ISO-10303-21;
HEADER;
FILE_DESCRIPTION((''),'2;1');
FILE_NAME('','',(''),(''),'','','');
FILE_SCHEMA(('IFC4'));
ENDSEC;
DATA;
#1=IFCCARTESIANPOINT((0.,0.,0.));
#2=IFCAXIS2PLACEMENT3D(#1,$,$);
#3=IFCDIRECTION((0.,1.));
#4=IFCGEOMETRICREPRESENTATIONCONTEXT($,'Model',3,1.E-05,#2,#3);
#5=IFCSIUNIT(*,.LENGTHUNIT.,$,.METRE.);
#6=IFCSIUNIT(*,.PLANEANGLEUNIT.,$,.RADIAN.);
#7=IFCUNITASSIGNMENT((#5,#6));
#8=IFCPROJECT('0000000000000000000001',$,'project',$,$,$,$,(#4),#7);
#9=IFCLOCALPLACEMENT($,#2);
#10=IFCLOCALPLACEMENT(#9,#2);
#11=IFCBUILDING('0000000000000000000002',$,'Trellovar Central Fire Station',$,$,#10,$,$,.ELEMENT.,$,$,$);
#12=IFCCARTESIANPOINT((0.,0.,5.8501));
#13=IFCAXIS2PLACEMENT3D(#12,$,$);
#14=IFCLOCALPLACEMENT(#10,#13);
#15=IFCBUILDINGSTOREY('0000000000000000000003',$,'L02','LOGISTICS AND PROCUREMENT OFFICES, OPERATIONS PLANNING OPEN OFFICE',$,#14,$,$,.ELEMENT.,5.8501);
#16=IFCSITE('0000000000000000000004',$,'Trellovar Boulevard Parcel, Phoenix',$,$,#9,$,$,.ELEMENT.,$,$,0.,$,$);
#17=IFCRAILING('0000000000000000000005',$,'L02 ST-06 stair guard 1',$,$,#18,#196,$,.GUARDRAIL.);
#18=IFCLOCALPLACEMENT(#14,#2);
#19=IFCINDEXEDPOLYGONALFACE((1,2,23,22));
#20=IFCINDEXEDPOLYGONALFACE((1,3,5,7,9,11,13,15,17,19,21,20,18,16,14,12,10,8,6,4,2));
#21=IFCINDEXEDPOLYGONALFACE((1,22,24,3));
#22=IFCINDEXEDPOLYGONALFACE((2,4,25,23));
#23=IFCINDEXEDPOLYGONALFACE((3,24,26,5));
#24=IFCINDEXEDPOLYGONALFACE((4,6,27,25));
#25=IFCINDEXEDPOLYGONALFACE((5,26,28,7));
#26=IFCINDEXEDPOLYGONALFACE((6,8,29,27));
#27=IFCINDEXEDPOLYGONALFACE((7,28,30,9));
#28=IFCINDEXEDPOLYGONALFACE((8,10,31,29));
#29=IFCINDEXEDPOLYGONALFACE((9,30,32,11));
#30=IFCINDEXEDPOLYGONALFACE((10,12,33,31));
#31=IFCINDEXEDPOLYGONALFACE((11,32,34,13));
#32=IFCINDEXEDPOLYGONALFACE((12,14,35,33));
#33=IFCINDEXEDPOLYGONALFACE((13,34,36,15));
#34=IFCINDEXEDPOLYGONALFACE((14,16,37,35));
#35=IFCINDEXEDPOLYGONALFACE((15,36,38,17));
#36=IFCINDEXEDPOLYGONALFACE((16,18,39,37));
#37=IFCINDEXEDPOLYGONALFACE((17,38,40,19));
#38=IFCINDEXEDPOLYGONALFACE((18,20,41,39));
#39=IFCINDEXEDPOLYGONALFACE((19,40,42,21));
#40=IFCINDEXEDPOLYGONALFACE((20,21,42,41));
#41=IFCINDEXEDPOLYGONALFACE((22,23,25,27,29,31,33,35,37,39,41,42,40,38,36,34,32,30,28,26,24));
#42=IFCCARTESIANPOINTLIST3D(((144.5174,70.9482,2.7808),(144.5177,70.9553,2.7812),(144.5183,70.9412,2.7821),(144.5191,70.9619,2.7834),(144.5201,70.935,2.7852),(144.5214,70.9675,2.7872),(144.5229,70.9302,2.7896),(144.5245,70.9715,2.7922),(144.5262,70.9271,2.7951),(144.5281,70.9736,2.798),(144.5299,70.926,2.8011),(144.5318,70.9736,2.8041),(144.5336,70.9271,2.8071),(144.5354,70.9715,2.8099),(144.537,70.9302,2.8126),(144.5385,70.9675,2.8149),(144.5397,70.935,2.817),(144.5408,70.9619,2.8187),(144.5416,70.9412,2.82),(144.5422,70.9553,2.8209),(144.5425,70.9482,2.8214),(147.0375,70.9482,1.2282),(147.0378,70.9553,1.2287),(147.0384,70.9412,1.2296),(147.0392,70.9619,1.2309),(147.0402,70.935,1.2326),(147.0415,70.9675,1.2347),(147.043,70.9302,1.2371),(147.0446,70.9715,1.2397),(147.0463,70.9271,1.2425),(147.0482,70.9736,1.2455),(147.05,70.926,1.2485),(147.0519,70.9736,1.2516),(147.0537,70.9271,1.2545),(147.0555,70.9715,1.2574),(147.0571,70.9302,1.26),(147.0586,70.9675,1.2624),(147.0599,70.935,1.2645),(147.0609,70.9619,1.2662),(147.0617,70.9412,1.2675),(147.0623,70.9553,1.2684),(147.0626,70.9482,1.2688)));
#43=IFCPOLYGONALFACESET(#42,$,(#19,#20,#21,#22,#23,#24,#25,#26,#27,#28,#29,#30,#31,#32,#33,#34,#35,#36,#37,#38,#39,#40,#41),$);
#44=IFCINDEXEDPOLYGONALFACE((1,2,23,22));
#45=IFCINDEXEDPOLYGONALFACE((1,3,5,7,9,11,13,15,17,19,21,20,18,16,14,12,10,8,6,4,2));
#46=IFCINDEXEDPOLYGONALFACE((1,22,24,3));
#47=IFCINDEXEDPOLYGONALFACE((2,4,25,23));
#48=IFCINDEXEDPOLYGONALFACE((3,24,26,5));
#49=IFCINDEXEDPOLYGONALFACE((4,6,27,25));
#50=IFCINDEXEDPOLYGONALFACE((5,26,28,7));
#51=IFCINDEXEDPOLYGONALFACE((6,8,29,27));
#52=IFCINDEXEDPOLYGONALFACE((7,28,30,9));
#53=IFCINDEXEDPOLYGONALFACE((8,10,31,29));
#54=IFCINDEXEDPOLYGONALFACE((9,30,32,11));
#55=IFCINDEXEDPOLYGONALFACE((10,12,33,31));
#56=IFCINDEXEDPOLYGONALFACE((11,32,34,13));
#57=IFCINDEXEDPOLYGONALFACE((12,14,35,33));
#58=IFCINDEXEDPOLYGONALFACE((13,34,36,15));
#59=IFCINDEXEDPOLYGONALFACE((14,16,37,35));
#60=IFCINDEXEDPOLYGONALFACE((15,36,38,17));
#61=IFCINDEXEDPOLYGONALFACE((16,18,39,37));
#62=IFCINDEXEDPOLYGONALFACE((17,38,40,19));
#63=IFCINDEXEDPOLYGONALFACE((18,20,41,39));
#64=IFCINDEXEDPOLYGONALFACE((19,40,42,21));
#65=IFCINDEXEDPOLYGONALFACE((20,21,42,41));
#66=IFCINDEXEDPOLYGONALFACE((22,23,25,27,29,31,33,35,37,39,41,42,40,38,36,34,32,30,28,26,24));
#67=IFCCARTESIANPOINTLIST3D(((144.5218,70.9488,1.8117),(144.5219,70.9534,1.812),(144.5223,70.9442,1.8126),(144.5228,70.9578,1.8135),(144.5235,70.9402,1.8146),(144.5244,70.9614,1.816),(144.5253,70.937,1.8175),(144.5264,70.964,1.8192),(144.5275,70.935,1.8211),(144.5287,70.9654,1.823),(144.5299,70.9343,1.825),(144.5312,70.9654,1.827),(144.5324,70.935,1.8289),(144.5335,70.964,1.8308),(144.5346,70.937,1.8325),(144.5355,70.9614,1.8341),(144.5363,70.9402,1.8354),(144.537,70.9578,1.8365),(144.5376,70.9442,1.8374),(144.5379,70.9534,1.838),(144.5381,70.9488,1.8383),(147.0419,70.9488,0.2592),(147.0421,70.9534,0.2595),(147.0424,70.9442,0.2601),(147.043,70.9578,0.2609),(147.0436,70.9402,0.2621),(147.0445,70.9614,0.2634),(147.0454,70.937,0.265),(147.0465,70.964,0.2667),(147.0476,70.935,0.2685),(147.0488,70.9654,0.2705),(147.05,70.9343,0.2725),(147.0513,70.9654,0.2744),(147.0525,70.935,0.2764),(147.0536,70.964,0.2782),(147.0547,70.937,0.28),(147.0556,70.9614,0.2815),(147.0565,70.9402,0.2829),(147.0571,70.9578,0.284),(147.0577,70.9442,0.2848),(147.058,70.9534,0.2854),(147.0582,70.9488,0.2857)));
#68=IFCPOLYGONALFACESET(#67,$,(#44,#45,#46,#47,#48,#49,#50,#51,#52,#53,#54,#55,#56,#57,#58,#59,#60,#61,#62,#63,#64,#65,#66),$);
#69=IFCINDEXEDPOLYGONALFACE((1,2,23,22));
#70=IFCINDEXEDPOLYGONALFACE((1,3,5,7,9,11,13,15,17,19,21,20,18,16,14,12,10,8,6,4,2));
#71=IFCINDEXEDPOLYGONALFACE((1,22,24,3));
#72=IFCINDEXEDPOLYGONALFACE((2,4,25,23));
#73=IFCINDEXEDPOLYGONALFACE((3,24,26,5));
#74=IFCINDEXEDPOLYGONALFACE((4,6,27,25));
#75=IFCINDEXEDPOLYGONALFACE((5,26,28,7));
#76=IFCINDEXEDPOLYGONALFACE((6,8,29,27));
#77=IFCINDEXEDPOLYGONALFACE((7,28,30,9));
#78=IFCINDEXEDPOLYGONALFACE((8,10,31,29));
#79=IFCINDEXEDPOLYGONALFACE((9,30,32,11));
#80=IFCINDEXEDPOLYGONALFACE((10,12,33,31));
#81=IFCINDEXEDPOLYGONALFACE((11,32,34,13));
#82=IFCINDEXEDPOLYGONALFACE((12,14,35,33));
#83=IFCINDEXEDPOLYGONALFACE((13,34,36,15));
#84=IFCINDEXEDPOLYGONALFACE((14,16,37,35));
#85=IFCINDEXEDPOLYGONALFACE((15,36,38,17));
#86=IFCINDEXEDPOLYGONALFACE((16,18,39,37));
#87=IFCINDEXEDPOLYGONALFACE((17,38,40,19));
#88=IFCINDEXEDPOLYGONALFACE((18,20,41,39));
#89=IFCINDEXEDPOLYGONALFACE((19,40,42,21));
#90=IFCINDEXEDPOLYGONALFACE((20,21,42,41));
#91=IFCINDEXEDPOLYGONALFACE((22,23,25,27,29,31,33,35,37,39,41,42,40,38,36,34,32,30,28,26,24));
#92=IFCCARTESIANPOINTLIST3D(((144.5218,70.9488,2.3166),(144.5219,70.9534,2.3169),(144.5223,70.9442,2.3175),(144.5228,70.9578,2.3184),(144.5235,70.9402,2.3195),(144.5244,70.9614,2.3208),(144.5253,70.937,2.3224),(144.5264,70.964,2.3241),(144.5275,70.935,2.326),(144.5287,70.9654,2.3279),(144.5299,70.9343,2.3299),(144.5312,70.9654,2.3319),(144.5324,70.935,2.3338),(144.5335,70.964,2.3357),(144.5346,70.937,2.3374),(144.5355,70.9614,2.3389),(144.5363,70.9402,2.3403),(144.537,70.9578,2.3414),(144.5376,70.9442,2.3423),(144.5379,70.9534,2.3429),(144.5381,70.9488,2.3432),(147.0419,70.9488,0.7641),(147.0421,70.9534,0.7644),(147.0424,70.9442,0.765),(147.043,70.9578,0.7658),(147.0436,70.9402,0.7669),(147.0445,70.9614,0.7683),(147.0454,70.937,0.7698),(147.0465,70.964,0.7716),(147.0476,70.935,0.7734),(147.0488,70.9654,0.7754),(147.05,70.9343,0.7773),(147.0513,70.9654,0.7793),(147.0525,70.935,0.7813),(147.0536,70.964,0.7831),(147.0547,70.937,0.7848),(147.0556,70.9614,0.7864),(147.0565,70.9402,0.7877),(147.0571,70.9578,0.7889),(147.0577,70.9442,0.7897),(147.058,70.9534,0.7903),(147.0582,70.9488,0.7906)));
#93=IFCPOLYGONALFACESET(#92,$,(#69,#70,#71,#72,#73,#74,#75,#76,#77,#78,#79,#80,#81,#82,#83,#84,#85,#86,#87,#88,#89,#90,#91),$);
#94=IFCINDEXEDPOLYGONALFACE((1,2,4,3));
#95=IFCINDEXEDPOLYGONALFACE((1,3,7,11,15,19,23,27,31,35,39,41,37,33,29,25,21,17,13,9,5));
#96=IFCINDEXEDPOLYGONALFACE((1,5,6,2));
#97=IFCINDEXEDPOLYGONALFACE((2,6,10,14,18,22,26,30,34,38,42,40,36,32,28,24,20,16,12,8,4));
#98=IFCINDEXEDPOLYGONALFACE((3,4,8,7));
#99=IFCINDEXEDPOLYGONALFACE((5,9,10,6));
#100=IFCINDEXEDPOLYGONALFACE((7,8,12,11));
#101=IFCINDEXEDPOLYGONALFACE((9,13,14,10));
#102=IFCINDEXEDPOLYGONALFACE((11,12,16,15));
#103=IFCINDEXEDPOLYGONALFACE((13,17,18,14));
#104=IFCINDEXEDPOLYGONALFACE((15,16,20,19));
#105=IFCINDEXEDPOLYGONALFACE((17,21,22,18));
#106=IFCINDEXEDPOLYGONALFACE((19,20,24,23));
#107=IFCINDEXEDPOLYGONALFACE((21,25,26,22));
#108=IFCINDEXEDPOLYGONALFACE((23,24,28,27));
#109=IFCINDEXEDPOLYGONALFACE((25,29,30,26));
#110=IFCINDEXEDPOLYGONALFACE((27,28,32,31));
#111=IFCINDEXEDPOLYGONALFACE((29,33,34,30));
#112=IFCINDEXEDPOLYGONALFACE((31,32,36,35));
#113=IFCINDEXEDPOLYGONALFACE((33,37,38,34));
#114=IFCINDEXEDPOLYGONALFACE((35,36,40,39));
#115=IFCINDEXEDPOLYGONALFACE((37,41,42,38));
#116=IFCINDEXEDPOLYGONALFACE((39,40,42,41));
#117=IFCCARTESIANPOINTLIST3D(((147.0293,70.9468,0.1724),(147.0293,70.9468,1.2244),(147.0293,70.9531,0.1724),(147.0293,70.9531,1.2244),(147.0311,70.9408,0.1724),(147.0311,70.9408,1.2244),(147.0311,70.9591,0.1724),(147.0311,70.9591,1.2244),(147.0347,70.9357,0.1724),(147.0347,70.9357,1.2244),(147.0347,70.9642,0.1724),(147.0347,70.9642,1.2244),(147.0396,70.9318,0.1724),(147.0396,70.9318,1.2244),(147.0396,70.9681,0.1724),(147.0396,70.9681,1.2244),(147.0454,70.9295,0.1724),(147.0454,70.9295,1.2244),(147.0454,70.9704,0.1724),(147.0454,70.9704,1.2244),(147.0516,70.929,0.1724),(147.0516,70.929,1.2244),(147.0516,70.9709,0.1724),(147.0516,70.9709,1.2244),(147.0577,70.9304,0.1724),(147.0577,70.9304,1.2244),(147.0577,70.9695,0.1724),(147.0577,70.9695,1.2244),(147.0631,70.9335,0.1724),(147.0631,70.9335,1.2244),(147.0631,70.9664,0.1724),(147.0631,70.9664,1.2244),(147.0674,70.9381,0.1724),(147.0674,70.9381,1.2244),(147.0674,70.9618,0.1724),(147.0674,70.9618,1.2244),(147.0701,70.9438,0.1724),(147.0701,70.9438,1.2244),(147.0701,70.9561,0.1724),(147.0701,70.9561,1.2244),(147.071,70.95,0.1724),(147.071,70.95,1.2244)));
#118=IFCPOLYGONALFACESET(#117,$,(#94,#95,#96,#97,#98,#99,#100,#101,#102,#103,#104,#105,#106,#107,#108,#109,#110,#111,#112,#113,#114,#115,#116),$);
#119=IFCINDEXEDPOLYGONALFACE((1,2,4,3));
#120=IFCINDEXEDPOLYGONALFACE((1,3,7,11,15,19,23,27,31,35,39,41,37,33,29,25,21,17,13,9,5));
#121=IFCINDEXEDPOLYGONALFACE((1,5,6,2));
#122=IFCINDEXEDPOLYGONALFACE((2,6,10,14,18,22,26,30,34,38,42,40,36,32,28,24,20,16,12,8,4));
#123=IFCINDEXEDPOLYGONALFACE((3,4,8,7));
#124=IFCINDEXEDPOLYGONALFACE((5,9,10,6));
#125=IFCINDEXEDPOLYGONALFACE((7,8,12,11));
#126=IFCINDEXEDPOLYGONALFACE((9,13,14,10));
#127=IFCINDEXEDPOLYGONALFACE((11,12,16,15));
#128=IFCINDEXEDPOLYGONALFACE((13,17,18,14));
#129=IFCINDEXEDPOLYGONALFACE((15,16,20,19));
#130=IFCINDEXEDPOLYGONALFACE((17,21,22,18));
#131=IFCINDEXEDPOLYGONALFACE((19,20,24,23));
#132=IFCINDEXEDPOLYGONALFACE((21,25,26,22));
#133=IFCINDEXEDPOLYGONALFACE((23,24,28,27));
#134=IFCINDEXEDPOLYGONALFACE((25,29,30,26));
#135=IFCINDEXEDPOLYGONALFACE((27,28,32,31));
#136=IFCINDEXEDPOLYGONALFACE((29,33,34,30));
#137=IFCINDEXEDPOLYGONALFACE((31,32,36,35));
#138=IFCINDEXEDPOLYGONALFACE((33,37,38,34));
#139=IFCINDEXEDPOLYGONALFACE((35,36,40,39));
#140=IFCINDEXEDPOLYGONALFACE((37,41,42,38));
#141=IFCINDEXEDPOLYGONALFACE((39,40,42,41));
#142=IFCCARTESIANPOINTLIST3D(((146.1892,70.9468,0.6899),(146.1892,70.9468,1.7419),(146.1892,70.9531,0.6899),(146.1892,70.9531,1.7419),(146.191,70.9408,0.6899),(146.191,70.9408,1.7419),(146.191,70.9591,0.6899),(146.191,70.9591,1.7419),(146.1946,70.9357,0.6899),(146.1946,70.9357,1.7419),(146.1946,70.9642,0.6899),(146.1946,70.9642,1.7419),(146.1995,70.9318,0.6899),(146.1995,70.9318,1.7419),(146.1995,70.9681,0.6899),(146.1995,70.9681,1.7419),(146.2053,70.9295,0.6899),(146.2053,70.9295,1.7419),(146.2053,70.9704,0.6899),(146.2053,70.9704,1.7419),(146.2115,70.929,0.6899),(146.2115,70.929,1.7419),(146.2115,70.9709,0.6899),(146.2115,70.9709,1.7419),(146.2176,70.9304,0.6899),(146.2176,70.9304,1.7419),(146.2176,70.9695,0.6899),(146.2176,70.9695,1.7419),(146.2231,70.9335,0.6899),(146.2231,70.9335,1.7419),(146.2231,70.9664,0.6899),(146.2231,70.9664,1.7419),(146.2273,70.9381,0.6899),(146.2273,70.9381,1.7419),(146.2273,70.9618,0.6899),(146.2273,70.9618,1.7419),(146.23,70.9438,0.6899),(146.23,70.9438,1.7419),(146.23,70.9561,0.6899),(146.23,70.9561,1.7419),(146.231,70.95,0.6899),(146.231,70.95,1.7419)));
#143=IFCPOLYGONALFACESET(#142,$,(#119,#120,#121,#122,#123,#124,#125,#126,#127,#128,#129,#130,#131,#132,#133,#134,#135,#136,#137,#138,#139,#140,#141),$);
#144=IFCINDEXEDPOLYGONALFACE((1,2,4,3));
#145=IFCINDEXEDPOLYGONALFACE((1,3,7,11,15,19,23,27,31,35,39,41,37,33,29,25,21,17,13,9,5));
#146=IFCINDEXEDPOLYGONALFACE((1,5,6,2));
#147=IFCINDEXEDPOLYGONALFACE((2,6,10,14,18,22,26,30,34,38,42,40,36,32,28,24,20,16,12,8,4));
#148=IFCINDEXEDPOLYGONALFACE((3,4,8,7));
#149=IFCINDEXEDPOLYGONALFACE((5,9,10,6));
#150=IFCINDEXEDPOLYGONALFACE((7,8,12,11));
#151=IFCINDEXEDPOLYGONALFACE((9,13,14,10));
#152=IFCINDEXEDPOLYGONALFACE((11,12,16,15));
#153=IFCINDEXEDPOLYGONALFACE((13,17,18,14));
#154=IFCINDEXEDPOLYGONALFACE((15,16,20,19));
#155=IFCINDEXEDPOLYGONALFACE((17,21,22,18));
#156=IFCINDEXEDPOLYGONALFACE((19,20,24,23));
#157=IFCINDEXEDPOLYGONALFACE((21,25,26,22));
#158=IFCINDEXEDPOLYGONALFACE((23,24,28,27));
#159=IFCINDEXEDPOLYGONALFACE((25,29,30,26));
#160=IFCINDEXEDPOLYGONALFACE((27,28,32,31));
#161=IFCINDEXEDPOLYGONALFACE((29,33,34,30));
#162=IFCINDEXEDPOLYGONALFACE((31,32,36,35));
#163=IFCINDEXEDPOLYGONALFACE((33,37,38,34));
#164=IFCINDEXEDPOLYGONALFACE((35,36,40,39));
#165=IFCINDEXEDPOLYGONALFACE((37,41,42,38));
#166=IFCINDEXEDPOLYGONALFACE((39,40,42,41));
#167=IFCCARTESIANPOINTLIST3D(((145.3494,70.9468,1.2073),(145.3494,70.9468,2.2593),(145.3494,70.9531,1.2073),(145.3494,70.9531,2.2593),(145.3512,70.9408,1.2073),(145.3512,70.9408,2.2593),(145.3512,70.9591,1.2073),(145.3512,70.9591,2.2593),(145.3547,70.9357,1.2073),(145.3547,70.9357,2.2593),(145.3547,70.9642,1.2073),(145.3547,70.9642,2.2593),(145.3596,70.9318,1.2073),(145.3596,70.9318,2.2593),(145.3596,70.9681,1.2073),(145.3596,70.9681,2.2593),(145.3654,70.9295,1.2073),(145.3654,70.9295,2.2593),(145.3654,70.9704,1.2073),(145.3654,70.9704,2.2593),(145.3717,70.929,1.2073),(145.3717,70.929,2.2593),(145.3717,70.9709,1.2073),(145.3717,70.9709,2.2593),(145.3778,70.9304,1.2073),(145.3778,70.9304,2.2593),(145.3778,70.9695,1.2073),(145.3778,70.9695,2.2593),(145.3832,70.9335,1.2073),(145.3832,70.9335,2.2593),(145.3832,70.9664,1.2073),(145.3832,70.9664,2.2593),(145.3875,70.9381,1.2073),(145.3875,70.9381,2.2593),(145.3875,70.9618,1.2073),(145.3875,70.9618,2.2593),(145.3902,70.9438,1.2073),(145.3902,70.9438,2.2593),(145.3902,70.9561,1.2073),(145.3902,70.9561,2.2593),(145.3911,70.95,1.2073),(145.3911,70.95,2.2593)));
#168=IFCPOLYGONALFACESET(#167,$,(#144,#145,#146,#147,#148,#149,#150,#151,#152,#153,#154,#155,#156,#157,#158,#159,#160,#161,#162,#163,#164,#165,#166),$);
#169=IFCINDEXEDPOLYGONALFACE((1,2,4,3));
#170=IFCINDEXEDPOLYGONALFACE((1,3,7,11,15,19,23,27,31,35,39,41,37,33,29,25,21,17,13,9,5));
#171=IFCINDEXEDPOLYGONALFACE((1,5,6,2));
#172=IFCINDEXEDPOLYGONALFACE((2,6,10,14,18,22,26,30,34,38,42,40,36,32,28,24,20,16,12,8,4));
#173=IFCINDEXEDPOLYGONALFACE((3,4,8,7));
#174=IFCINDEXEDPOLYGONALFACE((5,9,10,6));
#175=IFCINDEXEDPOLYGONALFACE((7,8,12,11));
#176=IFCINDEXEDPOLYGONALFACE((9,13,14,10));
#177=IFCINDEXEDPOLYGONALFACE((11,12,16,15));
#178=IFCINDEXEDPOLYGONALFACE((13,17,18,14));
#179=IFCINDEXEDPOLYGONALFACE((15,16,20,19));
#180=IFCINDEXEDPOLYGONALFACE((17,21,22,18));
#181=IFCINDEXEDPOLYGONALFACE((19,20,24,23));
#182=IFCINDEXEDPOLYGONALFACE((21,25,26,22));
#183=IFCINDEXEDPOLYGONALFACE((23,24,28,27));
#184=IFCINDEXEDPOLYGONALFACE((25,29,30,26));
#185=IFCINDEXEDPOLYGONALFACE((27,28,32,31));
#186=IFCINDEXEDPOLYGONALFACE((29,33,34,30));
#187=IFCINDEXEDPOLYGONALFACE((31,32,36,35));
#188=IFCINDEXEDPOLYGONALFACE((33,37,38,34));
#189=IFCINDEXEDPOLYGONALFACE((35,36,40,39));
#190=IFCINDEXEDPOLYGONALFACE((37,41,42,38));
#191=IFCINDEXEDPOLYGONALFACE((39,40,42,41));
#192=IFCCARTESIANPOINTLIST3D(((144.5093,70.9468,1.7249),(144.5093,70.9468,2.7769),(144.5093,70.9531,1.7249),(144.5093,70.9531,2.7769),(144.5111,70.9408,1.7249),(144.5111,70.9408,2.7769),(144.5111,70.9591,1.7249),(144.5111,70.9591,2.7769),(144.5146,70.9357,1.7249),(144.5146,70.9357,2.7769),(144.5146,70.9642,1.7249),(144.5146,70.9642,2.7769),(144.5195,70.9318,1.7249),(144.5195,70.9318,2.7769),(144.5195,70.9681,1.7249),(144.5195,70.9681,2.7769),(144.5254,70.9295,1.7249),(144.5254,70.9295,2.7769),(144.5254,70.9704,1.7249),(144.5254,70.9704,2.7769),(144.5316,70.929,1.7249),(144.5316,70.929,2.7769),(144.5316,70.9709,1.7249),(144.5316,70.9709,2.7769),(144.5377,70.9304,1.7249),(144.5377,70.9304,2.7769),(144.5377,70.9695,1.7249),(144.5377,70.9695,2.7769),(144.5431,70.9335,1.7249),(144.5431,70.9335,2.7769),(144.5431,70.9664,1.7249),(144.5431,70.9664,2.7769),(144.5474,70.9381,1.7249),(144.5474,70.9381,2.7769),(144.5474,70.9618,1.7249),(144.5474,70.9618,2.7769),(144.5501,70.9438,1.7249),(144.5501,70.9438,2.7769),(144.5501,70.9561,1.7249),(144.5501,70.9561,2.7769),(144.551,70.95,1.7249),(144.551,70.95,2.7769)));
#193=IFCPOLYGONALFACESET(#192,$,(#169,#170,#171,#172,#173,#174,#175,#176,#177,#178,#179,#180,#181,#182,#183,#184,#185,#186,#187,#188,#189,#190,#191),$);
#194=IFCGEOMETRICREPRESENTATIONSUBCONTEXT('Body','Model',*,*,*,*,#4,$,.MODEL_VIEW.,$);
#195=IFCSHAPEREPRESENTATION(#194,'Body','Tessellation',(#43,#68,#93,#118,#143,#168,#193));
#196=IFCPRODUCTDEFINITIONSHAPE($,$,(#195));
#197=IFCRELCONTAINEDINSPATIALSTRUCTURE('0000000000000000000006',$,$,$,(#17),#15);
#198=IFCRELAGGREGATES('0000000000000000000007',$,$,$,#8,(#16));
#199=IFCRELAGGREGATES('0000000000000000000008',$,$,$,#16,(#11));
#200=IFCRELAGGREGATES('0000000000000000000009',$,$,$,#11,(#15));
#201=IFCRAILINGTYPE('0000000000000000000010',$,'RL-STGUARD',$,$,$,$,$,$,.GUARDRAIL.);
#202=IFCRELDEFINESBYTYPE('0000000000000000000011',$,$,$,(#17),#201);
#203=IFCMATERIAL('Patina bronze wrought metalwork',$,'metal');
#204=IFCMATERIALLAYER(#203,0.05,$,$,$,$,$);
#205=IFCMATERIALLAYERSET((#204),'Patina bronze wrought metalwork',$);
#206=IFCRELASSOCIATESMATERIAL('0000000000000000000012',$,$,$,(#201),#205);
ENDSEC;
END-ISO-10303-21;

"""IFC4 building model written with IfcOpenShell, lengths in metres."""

from ifc_helpers import new_model, si_unit, direction, frame, origin, origin_2d, place, context, subcontext, project, spatial, circle, extrude, material, layer, layer_set, type_object, element, save


model = new_model("IFC4")

# Units and contexts
model_context = context("Model", 3, precision=1e-05, world=origin(), true_north=direction((0.0, 1.0)))
body_context = subcontext(model_context, "Body", "Model", "MODEL_VIEW")
ifc_project = project(units=[si_unit("LENGTHUNIT", "METRE"), si_unit("PLANEANGLEUNIT", "RADIAN")], contexts=[model_context])

# Site, building, storey
site_placement = place(None, origin())
site = spatial("IfcSite", under=ifc_project, at=site_placement, Name="Trellovar Boulevard Parcel, Phoenix", CompositionType="ELEMENT", RefElevation=0.0)
building_placement = place(site_placement, origin())
building = spatial("IfcBuilding", under=site, at=building_placement, Name="Trellovar Central Fire Station", CompositionType="ELEMENT")
storey_placement = place(building_placement, frame((0.0, 0.0, 5.8501)))
storey = spatial("IfcBuildingStorey", under=building, at=storey_placement, Name="L02", Description="LOGISTICS AND PROCUREMENT OFFICES, OPERATIONS PLANNING OPEN OFFICE", CompositionType="ELEMENT", Elevation=5.8501)

# Railing
ifc_material_1 = material(Name="Patina bronze wrought metalwork", Category="metal")
ifc_layer_1 = layer(ifc_material_1, 0.05)
ifc_layer_set_1 = layer_set([ifc_layer_1], Name="Patina bronze wrought metalwork")
railing_type_1 = type_object("IfcRailingType", Name="RL-STGUARD", PredefinedType="GUARDRAIL", material=ifc_layer_set_1)
railing_1_placement = place(storey_placement, frame((147.05, 70.95, 0.1724)))
element("IfcRailing", 1, at=railing_1_placement, inside=storey, type_object=railing_type_1, Name="L02 ST-06 stair guard 1", PredefinedType="GUARDRAIL", context=body_context, shape_type="SweptSolid", body=[
    extrude(circle(Radius=0.0239, at=origin_2d()), frame((0.0, 0.0, 1.0762), z_axis=(-0.8514, 0.0, 0.524516), x_axis=(0.0, -1.0, 0.0)), (0.0, 0.0, 1.0), 2.96),
    extrude(circle(Radius=0.0156, at=origin_2d()), frame((0.0, 0.0, 0.1001), z_axis=(-0.8514, 0.0, 0.524516), x_axis=(0.0, -1.0, 0.0)), (0.0, 0.0, 1.0), 2.96),
    extrude(circle(Radius=0.0156, at=origin_2d()), frame((0.0, 0.0, 0.605), z_axis=(-0.8514, 0.0, 0.524516), x_axis=(0.0, -1.0, 0.0)), (0.0, 0.0, 1.0), 2.96),
    extrude(circle(Radius=0.021, at=origin_2d()), origin(), (0.0, 0.0, 1.0), 1.052),
    extrude(circle(Radius=0.021, at=origin_2d()), frame((-0.8401, 0.0, 0.5176)), (0.0, 0.0, 1.0), 1.052),
    extrude(circle(Radius=0.021, at=origin_2d()), frame((-1.6799, 0.0, 1.0349)), (0.0, 0.0, 1.0), 1.052),
    extrude(circle(Radius=0.021, at=origin_2d()), frame((-2.52, 0.0, 1.5525)), (0.0, 0.0, 1.0), 1.052),
])

save(model, "model.ifc")
